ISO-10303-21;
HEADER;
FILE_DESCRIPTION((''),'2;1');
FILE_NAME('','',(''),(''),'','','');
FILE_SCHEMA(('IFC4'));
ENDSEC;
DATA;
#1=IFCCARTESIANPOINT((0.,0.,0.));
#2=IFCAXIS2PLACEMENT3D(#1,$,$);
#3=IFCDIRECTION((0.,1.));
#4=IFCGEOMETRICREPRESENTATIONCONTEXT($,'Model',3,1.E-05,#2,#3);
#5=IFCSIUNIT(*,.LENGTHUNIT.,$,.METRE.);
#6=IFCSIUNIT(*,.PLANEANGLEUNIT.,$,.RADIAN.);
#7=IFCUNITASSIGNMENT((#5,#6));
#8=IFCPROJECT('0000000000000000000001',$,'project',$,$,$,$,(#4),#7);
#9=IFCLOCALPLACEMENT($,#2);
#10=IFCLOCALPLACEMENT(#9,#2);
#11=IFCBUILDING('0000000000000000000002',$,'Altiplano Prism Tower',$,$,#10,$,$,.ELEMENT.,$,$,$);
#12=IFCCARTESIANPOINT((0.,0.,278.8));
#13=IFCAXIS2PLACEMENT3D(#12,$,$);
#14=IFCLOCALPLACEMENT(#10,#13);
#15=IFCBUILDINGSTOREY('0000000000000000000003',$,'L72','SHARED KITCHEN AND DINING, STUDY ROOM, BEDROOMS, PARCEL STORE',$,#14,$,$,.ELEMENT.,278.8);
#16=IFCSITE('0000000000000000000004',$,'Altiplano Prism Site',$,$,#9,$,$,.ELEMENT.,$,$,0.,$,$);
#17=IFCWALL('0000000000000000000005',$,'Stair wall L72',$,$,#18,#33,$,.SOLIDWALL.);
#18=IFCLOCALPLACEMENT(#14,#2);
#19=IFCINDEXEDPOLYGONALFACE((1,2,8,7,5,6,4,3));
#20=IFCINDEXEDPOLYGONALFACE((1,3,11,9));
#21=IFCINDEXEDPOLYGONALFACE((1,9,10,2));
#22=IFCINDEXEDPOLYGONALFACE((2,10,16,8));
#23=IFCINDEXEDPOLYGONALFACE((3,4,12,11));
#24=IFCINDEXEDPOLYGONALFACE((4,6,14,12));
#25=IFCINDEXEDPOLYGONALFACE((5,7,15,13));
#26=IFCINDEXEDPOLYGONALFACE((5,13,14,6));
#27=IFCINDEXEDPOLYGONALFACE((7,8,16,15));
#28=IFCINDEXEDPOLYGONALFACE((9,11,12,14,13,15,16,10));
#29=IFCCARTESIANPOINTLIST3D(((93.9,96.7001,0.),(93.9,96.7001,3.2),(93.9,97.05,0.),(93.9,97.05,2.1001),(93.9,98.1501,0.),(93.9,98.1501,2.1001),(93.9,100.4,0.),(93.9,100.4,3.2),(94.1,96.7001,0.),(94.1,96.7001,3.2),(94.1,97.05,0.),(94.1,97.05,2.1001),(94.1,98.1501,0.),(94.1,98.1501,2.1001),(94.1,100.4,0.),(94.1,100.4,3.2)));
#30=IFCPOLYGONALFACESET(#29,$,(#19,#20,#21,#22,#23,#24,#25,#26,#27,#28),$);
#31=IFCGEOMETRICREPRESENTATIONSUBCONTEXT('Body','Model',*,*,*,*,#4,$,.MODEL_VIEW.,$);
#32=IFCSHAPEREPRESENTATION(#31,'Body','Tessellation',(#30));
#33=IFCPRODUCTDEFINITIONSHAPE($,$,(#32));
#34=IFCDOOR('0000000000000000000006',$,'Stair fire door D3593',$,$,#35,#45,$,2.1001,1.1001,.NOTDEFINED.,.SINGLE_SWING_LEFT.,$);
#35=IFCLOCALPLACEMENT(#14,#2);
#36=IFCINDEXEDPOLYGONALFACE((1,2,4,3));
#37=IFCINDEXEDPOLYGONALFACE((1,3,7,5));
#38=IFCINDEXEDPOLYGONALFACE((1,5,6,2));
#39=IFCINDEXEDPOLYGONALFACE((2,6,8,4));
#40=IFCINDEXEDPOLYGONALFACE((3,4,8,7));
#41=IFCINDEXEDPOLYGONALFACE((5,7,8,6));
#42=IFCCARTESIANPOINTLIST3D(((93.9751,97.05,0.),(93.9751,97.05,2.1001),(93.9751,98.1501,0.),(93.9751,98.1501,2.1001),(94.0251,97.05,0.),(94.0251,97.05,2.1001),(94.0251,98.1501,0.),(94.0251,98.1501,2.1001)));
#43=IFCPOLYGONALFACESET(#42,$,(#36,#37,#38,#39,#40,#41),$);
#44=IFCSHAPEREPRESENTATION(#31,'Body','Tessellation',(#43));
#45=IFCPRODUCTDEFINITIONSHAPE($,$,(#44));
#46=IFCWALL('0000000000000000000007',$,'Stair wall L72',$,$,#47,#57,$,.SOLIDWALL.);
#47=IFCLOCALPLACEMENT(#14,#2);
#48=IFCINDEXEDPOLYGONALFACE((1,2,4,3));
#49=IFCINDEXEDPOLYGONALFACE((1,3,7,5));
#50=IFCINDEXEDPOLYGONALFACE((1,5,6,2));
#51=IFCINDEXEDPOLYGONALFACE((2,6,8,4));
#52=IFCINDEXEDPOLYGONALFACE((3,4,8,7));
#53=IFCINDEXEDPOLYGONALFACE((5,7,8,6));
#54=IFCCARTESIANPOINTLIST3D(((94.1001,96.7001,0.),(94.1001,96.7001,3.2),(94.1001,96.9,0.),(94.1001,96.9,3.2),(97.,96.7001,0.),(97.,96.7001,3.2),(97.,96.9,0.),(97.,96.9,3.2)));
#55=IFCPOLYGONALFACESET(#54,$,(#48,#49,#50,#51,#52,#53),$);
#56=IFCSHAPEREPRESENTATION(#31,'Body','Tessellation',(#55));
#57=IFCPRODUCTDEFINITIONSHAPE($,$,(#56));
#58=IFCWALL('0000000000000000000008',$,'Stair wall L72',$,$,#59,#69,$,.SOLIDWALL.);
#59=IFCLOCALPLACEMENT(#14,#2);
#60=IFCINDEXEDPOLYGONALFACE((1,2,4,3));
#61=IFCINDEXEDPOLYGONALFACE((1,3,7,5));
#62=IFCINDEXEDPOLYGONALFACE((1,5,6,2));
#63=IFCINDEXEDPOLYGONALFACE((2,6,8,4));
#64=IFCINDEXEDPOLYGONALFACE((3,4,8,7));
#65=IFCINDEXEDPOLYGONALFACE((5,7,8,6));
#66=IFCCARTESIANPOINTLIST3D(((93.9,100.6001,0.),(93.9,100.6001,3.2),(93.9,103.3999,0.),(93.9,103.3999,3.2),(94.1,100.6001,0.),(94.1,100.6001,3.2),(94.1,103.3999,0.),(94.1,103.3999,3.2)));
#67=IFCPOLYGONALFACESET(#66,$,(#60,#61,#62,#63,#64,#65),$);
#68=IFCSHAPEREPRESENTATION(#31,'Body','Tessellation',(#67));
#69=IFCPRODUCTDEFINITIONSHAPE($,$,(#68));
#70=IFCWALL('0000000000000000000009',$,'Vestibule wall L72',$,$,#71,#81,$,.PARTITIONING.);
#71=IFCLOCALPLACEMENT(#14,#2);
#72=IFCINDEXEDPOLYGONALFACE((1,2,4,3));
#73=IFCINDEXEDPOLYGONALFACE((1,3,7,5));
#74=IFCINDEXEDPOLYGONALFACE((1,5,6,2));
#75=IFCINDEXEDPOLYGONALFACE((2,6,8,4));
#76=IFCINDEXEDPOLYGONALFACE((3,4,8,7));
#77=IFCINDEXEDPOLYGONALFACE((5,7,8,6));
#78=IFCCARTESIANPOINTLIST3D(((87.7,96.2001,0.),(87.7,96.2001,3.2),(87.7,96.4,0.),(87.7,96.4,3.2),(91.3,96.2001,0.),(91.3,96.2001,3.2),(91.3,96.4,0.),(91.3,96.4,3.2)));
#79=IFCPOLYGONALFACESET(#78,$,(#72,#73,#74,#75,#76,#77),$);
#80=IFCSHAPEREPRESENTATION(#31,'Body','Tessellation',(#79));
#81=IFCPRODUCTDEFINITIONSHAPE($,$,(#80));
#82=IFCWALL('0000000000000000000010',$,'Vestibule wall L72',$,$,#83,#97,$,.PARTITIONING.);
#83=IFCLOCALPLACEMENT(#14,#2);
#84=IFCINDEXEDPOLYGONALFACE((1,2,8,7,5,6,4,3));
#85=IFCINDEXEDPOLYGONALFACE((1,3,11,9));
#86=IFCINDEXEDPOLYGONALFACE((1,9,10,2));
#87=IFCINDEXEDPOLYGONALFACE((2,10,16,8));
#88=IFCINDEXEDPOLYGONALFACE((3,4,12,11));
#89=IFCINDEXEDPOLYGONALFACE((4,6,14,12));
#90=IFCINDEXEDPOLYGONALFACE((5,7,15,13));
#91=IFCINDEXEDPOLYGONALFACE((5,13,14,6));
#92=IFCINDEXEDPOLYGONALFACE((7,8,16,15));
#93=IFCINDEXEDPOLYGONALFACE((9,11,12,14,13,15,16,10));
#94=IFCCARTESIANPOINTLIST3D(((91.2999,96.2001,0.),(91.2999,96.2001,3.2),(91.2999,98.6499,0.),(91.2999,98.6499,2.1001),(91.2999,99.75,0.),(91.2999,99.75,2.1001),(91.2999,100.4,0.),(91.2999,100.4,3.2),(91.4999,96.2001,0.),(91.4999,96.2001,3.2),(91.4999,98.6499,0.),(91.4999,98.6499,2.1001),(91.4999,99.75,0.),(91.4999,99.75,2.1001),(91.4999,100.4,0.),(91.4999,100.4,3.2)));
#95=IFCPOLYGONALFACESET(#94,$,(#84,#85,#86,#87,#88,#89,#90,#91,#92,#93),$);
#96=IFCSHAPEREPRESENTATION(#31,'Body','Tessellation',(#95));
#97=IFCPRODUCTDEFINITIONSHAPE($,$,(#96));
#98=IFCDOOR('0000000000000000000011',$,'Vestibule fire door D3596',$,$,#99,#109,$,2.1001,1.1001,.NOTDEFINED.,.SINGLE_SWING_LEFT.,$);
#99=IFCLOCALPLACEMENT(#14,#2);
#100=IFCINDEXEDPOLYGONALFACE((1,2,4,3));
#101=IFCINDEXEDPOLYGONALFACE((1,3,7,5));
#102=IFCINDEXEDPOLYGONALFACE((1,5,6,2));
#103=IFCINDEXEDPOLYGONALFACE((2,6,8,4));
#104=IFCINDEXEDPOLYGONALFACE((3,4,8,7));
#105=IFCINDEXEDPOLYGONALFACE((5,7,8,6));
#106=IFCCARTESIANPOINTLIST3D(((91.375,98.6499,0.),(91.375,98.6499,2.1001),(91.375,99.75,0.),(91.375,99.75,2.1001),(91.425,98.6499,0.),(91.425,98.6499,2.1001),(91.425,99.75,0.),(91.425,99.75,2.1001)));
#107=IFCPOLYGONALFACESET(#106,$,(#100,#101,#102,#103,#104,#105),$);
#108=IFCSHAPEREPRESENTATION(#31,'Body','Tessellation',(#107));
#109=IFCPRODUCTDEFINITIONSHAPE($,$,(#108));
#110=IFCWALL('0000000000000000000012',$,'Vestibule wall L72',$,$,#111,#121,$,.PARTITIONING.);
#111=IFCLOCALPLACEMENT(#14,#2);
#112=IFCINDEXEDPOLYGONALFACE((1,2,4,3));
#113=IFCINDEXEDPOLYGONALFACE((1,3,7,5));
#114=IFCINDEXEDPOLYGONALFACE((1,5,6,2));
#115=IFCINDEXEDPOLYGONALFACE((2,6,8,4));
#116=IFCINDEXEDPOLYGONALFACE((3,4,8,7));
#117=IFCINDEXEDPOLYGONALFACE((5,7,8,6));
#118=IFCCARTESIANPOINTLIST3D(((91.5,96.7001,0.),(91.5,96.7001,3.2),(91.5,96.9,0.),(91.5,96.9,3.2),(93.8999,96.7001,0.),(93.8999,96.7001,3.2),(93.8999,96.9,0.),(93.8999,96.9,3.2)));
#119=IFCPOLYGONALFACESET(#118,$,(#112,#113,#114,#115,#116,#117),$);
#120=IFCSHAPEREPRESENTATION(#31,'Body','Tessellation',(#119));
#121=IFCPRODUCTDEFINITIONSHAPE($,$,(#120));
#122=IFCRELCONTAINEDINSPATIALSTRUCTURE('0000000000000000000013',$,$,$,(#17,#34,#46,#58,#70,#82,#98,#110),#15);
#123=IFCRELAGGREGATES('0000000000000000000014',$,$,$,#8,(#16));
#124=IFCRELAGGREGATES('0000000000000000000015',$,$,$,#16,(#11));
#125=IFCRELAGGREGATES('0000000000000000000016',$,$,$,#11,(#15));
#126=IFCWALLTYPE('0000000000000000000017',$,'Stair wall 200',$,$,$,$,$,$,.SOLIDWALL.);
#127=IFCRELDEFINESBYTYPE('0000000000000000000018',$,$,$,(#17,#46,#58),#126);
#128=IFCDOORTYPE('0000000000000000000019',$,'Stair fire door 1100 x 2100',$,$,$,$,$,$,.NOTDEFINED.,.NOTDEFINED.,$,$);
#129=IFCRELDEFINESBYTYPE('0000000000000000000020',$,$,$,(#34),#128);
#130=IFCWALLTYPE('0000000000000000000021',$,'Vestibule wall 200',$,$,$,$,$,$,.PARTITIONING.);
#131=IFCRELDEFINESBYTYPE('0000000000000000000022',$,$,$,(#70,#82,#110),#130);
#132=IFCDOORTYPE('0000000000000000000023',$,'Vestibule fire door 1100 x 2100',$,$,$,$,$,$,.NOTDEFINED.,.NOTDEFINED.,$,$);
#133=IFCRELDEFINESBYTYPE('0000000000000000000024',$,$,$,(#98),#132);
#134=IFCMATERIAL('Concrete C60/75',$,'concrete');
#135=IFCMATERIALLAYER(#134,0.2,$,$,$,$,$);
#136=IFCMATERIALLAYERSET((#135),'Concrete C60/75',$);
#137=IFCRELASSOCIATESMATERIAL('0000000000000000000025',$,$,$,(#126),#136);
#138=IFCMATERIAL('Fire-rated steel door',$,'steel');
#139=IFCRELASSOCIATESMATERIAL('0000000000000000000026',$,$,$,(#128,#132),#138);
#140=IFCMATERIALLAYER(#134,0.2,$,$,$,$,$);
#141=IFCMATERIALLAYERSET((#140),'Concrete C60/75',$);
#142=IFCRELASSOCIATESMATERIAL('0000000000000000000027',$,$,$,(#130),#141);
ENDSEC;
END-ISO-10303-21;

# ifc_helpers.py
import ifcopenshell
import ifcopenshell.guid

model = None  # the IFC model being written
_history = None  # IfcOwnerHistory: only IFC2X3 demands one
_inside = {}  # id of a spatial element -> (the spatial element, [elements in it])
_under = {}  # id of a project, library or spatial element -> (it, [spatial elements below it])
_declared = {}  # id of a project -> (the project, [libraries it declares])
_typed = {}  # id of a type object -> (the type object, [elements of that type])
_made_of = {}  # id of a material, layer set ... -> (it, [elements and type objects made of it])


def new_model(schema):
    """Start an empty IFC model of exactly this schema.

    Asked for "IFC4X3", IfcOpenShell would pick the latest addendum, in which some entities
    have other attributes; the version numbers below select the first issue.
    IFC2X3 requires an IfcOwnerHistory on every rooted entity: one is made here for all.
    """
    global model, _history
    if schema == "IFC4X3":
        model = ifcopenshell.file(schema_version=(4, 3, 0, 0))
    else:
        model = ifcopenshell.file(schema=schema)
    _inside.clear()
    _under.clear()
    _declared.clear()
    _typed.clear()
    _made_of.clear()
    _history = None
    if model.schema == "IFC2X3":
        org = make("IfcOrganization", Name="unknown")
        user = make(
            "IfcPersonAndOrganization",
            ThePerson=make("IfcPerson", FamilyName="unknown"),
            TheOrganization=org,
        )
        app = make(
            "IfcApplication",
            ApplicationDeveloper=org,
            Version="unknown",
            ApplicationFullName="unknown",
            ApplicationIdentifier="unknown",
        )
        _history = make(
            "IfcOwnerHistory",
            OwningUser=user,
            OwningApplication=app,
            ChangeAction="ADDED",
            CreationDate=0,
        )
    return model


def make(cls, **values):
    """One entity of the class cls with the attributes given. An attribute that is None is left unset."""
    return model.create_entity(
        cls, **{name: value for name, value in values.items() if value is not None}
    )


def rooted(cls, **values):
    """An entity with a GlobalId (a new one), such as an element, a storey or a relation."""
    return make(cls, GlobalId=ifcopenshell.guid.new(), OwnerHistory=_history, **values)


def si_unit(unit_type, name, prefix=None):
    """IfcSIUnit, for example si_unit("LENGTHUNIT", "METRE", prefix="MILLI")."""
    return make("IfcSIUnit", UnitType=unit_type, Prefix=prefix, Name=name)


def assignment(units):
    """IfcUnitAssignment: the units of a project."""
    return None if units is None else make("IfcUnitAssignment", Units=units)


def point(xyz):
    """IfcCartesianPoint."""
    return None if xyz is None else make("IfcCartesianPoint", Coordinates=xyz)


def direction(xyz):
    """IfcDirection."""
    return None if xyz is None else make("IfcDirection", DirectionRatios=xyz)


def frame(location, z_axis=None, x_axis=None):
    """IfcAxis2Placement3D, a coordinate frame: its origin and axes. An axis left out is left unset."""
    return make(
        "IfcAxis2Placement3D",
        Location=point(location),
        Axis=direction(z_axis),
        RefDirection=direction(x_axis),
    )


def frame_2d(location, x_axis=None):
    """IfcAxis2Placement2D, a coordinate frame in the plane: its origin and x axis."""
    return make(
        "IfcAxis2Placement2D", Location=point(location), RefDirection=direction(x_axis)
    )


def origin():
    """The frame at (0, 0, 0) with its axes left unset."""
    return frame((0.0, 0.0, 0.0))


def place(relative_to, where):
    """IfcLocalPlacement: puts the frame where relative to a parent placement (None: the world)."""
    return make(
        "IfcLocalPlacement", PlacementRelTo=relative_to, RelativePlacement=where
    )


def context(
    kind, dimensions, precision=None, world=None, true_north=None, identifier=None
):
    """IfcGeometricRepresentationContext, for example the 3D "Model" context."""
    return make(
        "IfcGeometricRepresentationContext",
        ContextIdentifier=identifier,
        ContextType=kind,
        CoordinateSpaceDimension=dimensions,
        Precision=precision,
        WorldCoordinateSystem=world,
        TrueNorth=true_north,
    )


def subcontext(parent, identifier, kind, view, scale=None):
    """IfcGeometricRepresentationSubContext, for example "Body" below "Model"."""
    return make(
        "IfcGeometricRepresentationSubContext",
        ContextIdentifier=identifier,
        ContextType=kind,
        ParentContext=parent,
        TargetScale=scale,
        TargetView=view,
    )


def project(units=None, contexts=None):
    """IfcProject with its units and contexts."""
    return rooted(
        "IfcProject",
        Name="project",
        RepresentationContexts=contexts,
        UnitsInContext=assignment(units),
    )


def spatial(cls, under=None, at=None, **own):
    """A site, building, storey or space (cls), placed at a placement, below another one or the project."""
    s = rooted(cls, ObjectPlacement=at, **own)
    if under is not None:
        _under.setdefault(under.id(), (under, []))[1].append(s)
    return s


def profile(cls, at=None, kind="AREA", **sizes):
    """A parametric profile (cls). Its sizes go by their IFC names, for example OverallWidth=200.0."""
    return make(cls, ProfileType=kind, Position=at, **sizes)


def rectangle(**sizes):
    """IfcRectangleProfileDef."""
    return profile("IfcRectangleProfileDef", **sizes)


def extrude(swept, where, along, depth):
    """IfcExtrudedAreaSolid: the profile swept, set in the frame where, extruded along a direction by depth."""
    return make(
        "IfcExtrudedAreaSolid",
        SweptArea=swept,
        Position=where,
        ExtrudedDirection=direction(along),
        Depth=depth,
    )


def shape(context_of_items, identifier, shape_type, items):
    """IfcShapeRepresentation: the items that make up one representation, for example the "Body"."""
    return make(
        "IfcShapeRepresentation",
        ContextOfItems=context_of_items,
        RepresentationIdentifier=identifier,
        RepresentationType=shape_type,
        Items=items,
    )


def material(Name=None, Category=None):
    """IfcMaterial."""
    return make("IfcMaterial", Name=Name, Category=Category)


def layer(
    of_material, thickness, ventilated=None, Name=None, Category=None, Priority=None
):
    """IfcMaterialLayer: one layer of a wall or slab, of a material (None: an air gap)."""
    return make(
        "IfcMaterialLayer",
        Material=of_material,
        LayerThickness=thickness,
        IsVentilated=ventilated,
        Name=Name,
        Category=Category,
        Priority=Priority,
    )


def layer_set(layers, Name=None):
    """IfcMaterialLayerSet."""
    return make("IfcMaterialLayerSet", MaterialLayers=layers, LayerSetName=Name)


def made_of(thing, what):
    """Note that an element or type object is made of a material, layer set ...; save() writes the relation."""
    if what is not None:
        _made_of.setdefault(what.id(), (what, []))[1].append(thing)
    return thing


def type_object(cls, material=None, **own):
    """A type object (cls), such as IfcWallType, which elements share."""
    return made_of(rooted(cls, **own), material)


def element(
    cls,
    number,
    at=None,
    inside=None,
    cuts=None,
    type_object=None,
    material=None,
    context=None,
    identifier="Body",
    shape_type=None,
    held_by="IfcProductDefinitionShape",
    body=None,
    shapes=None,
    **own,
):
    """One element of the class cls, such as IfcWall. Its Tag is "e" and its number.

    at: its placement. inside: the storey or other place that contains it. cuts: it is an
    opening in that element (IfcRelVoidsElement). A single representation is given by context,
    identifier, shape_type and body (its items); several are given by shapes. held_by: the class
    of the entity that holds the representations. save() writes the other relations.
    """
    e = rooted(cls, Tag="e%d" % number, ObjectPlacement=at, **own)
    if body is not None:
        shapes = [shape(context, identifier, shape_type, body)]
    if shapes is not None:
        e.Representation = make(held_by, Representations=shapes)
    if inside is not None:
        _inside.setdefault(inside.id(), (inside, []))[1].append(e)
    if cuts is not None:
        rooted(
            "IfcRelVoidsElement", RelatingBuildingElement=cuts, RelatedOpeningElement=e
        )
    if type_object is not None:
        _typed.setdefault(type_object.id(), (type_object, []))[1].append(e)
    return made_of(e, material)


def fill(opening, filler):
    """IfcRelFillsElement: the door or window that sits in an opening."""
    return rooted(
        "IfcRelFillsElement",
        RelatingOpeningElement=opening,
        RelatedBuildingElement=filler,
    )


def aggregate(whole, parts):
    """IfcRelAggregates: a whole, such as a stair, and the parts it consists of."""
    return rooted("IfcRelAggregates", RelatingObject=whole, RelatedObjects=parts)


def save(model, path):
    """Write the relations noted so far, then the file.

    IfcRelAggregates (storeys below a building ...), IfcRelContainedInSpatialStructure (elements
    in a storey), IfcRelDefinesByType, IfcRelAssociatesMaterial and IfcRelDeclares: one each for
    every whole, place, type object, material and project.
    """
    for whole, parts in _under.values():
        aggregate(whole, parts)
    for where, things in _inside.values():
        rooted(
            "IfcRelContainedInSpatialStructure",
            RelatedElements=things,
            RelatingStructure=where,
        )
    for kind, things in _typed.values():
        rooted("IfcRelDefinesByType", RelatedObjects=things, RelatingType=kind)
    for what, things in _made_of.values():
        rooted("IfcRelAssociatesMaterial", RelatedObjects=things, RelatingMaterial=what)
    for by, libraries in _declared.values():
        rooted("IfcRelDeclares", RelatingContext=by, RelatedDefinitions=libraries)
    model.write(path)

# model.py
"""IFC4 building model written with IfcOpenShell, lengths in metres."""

from ifc_helpers import new_model, si_unit, direction, frame, frame_2d, origin, place, context, subcontext, project, spatial, rectangle, extrude, material, layer, layer_set, type_object, element, fill, save


model = new_model("IFC4")

# Units and contexts
model_context = context("Model", 3, precision=1e-05, world=origin(), true_north=direction((0.0, 1.0)))
body_context = subcontext(model_context, "Body", "Model", "MODEL_VIEW")
ifc_project = project(units=[si_unit("LENGTHUNIT", "METRE"), si_unit("PLANEANGLEUNIT", "RADIAN")], contexts=[model_context])

# Site, building, storey
site_placement = place(None, origin())
site = spatial("IfcSite", under=ifc_project, at=site_placement, Name="Altiplano Prism Site", CompositionType="ELEMENT", RefElevation=0.0)
building_placement = place(site_placement, origin())
building = spatial("IfcBuilding", under=site, at=building_placement, Name="Altiplano Prism Tower", CompositionType="ELEMENT")
storey_placement = place(building_placement, frame((0.0, 0.0, 278.8)))
storey = spatial("IfcBuildingStorey", under=building, at=storey_placement, Name="L72", Description="SHARED KITCHEN AND DINING, STUDY ROOM, BEDROOMS, PARCEL STORE", CompositionType="ELEMENT", Elevation=278.8)

# Shared definitions
ifc_material_1 = material(Name="Concrete C60/75", Category="concrete")

# Wall, opening, door
ifc_layer_1 = layer(ifc_material_1, 0.2)
ifc_layer_set_1 = layer_set([ifc_layer_1], Name="Concrete C60/75")
wall_type_1 = type_object("IfcWallType", Name="Stair wall 200", PredefinedType="SOLIDWALL", material=ifc_layer_set_1)
wall_1_placement = place(storey_placement, frame((94.0, 96.7, 0.0), z_axis=(0.0, 0.0, 1.0), x_axis=(0.0, 1.0, 0.0)))
wall_1 = element("IfcWall", 1, at=wall_1_placement, inside=storey, type_object=wall_type_1, Name="Stair wall L72", PredefinedType="SOLIDWALL", context=body_context, shape_type="SweptSolid", body=[
    extrude(rectangle(XDim=3.7, YDim=0.2, at=frame_2d((1.8501, 0.0))), origin(), (0.0, 0.0, 1.0), 3.2),
])
opening_1_placement = place(wall_1_placement, frame((0.3501, 0.0, 0.0)))
opening_1 = element("IfcOpeningElement", 2, at=opening_1_placement, cuts=wall_1, PredefinedType="OPENING", context=body_context, shape_type="SweptSolid", body=[
    extrude(rectangle(XDim=1.1001, YDim=2.1001, at=frame_2d((0.55, 1.05))), frame((0.0, 0.1104, 0.0), z_axis=(0.0, -1.0, 0.0), x_axis=(1.0, 0.0, 0.0)), (0.0, 0.0, 1.0), 0.2209),
])
ifc_material_2 = material(Name="Fire-rated steel door", Category="steel")
door_type_1 = type_object("IfcDoorType", Name="Stair fire door 1100 x 2100", OperationType="NOTDEFINED", PredefinedType="NOTDEFINED", material=ifc_material_2)
door_1_placement = place(opening_1_placement, origin())
door_1 = element("IfcDoor", 3, at=door_1_placement, inside=storey, type_object=door_type_1, Name="Stair fire door D3593", OperationType="SINGLE_SWING_LEFT", OverallHeight=2.1001, OverallWidth=1.1001, PredefinedType="NOTDEFINED", context=body_context, shape_type="SweptSolid", body=[
    extrude(rectangle(XDim=1.1001, YDim=2.1001, at=frame_2d((0.55, 1.05))), frame((0.0, 0.0249, 0.0), z_axis=(0.0, -1.0, 0.0), x_axis=(1.0, 0.0, 0.0)), (0.0, 0.0, 1.0), 0.05),
])
fill(opening_1, door_1)

# Walls
wall_2_placement = place(storey_placement, frame((94.1001, 96.8, 0.0), z_axis=(0.0, 0.0, 1.0), x_axis=(1.0, 0.0, 0.0)))
element("IfcWall", 4, at=wall_2_placement, inside=storey, type_object=wall_type_1, Name="Stair wall L72", PredefinedType="SOLIDWALL", context=body_context, shape_type="SweptSolid", body=[
    extrude(rectangle(XDim=2.8999, YDim=0.2, at=frame_2d((1.45, 0.0))), origin(), (0.0, 0.0, 1.0), 3.2),
])
wall_3_placement = place(storey_placement, frame((94.0, 100.6001, 0.0), z_axis=(0.0, 0.0, 1.0), x_axis=(0.0, 1.0, 0.0)))
element("IfcWall", 5, at=wall_3_placement, inside=storey, type_object=wall_type_1, Name="Stair wall L72", PredefinedType="SOLIDWALL", context=body_context, shape_type="SweptSolid", body=[
    extrude(rectangle(XDim=2.7998, YDim=0.2, at=frame_2d((1.3999, 0.0))), origin(), (0.0, 0.0, 1.0), 3.2),
])
ifc_layer_2 = layer(ifc_material_1, 0.2)
ifc_layer_set_2 = layer_set([ifc_layer_2], Name="Concrete C60/75")
wall_type_2 = type_object("IfcWallType", Name="Vestibule wall 200", PredefinedType="PARTITIONING", material=ifc_layer_set_2)
wall_4_placement = place(storey_placement, frame((87.7, 96.3, 0.0), z_axis=(0.0, 0.0, 1.0), x_axis=(1.0, 0.0, 0.0)))
element("IfcWall", 6, at=wall_4_placement, inside=storey, type_object=wall_type_2, Name="Vestibule wall L72", PredefinedType="PARTITIONING", context=body_context, shape_type="SweptSolid", body=[
    extrude(rectangle(XDim=3.6001, YDim=0.2, at=frame_2d((1.8, 0.0))), origin(), (0.0, 0.0, 1.0), 3.2),
])

# Wall, opening, door
wall_5_placement = place(storey_placement, frame((91.3999, 96.2, 0.0), z_axis=(0.0, 0.0, 1.0), x_axis=(0.0, 1.0, 0.0)))
wall_5 = element("IfcWall", 7, at=wall_5_placement, inside=storey, type_object=wall_type_2, Name="Vestibule wall L72", PredefinedType="PARTITIONING", context=body_context, shape_type="SweptSolid", body=[
    extrude(rectangle(XDim=4.2, YDim=0.2, at=frame_2d((2.1001, 0.0))), origin(), (0.0, 0.0, 1.0), 3.2),
])
opening_2_placement = place(wall_5_placement, frame((2.45, 0.0, 0.0)))
opening_2 = element("IfcOpeningElement", 8, at=opening_2_placement, cuts=wall_5, PredefinedType="OPENING", context=body_context, shape_type="SweptSolid", body=[
    extrude(rectangle(XDim=1.1001, YDim=2.1001, at=frame_2d((0.55, 1.05))), frame((0.0, 0.1104, 0.0), z_axis=(0.0, -1.0, 0.0), x_axis=(1.0, 0.0, 0.0)), (0.0, 0.0, 1.0), 0.2209),
])
door_type_2 = type_object("IfcDoorType", Name="Vestibule fire door 1100 x 2100", OperationType="NOTDEFINED", PredefinedType="NOTDEFINED", material=ifc_material_2)
door_2_placement = place(opening_2_placement, origin())
door_2 = element("IfcDoor", 9, at=door_2_placement, inside=storey, type_object=door_type_2, Name="Vestibule fire door D3596", OperationType="SINGLE_SWING_LEFT", OverallHeight=2.1001, OverallWidth=1.1001, PredefinedType="NOTDEFINED", context=body_context, shape_type="SweptSolid", body=[
    extrude(rectangle(XDim=1.1001, YDim=2.1001, at=frame_2d((0.55, 1.05))), frame((0.0, 0.0249, 0.0), z_axis=(0.0, -1.0, 0.0), x_axis=(1.0, 0.0, 0.0)), (0.0, 0.0, 1.0), 0.05),
])
fill(opening_2, door_2)

# Wall
wall_6_placement = place(storey_placement, frame((91.5, 96.8, 0.0), z_axis=(0.0, 0.0, 1.0), x_axis=(1.0, 0.0, 0.0)))
element("IfcWall", 10, at=wall_6_placement, inside=storey, type_object=wall_type_2, Name="Vestibule wall L72", PredefinedType="PARTITIONING", context=body_context, shape_type="SweptSolid", body=[
    extrude(rectangle(XDim=2.3999, YDim=0.2, at=frame_2d((1.2, 0.0))), origin(), (0.0, 0.0, 1.0), 3.2),
])

save(model, "model.ifc")
